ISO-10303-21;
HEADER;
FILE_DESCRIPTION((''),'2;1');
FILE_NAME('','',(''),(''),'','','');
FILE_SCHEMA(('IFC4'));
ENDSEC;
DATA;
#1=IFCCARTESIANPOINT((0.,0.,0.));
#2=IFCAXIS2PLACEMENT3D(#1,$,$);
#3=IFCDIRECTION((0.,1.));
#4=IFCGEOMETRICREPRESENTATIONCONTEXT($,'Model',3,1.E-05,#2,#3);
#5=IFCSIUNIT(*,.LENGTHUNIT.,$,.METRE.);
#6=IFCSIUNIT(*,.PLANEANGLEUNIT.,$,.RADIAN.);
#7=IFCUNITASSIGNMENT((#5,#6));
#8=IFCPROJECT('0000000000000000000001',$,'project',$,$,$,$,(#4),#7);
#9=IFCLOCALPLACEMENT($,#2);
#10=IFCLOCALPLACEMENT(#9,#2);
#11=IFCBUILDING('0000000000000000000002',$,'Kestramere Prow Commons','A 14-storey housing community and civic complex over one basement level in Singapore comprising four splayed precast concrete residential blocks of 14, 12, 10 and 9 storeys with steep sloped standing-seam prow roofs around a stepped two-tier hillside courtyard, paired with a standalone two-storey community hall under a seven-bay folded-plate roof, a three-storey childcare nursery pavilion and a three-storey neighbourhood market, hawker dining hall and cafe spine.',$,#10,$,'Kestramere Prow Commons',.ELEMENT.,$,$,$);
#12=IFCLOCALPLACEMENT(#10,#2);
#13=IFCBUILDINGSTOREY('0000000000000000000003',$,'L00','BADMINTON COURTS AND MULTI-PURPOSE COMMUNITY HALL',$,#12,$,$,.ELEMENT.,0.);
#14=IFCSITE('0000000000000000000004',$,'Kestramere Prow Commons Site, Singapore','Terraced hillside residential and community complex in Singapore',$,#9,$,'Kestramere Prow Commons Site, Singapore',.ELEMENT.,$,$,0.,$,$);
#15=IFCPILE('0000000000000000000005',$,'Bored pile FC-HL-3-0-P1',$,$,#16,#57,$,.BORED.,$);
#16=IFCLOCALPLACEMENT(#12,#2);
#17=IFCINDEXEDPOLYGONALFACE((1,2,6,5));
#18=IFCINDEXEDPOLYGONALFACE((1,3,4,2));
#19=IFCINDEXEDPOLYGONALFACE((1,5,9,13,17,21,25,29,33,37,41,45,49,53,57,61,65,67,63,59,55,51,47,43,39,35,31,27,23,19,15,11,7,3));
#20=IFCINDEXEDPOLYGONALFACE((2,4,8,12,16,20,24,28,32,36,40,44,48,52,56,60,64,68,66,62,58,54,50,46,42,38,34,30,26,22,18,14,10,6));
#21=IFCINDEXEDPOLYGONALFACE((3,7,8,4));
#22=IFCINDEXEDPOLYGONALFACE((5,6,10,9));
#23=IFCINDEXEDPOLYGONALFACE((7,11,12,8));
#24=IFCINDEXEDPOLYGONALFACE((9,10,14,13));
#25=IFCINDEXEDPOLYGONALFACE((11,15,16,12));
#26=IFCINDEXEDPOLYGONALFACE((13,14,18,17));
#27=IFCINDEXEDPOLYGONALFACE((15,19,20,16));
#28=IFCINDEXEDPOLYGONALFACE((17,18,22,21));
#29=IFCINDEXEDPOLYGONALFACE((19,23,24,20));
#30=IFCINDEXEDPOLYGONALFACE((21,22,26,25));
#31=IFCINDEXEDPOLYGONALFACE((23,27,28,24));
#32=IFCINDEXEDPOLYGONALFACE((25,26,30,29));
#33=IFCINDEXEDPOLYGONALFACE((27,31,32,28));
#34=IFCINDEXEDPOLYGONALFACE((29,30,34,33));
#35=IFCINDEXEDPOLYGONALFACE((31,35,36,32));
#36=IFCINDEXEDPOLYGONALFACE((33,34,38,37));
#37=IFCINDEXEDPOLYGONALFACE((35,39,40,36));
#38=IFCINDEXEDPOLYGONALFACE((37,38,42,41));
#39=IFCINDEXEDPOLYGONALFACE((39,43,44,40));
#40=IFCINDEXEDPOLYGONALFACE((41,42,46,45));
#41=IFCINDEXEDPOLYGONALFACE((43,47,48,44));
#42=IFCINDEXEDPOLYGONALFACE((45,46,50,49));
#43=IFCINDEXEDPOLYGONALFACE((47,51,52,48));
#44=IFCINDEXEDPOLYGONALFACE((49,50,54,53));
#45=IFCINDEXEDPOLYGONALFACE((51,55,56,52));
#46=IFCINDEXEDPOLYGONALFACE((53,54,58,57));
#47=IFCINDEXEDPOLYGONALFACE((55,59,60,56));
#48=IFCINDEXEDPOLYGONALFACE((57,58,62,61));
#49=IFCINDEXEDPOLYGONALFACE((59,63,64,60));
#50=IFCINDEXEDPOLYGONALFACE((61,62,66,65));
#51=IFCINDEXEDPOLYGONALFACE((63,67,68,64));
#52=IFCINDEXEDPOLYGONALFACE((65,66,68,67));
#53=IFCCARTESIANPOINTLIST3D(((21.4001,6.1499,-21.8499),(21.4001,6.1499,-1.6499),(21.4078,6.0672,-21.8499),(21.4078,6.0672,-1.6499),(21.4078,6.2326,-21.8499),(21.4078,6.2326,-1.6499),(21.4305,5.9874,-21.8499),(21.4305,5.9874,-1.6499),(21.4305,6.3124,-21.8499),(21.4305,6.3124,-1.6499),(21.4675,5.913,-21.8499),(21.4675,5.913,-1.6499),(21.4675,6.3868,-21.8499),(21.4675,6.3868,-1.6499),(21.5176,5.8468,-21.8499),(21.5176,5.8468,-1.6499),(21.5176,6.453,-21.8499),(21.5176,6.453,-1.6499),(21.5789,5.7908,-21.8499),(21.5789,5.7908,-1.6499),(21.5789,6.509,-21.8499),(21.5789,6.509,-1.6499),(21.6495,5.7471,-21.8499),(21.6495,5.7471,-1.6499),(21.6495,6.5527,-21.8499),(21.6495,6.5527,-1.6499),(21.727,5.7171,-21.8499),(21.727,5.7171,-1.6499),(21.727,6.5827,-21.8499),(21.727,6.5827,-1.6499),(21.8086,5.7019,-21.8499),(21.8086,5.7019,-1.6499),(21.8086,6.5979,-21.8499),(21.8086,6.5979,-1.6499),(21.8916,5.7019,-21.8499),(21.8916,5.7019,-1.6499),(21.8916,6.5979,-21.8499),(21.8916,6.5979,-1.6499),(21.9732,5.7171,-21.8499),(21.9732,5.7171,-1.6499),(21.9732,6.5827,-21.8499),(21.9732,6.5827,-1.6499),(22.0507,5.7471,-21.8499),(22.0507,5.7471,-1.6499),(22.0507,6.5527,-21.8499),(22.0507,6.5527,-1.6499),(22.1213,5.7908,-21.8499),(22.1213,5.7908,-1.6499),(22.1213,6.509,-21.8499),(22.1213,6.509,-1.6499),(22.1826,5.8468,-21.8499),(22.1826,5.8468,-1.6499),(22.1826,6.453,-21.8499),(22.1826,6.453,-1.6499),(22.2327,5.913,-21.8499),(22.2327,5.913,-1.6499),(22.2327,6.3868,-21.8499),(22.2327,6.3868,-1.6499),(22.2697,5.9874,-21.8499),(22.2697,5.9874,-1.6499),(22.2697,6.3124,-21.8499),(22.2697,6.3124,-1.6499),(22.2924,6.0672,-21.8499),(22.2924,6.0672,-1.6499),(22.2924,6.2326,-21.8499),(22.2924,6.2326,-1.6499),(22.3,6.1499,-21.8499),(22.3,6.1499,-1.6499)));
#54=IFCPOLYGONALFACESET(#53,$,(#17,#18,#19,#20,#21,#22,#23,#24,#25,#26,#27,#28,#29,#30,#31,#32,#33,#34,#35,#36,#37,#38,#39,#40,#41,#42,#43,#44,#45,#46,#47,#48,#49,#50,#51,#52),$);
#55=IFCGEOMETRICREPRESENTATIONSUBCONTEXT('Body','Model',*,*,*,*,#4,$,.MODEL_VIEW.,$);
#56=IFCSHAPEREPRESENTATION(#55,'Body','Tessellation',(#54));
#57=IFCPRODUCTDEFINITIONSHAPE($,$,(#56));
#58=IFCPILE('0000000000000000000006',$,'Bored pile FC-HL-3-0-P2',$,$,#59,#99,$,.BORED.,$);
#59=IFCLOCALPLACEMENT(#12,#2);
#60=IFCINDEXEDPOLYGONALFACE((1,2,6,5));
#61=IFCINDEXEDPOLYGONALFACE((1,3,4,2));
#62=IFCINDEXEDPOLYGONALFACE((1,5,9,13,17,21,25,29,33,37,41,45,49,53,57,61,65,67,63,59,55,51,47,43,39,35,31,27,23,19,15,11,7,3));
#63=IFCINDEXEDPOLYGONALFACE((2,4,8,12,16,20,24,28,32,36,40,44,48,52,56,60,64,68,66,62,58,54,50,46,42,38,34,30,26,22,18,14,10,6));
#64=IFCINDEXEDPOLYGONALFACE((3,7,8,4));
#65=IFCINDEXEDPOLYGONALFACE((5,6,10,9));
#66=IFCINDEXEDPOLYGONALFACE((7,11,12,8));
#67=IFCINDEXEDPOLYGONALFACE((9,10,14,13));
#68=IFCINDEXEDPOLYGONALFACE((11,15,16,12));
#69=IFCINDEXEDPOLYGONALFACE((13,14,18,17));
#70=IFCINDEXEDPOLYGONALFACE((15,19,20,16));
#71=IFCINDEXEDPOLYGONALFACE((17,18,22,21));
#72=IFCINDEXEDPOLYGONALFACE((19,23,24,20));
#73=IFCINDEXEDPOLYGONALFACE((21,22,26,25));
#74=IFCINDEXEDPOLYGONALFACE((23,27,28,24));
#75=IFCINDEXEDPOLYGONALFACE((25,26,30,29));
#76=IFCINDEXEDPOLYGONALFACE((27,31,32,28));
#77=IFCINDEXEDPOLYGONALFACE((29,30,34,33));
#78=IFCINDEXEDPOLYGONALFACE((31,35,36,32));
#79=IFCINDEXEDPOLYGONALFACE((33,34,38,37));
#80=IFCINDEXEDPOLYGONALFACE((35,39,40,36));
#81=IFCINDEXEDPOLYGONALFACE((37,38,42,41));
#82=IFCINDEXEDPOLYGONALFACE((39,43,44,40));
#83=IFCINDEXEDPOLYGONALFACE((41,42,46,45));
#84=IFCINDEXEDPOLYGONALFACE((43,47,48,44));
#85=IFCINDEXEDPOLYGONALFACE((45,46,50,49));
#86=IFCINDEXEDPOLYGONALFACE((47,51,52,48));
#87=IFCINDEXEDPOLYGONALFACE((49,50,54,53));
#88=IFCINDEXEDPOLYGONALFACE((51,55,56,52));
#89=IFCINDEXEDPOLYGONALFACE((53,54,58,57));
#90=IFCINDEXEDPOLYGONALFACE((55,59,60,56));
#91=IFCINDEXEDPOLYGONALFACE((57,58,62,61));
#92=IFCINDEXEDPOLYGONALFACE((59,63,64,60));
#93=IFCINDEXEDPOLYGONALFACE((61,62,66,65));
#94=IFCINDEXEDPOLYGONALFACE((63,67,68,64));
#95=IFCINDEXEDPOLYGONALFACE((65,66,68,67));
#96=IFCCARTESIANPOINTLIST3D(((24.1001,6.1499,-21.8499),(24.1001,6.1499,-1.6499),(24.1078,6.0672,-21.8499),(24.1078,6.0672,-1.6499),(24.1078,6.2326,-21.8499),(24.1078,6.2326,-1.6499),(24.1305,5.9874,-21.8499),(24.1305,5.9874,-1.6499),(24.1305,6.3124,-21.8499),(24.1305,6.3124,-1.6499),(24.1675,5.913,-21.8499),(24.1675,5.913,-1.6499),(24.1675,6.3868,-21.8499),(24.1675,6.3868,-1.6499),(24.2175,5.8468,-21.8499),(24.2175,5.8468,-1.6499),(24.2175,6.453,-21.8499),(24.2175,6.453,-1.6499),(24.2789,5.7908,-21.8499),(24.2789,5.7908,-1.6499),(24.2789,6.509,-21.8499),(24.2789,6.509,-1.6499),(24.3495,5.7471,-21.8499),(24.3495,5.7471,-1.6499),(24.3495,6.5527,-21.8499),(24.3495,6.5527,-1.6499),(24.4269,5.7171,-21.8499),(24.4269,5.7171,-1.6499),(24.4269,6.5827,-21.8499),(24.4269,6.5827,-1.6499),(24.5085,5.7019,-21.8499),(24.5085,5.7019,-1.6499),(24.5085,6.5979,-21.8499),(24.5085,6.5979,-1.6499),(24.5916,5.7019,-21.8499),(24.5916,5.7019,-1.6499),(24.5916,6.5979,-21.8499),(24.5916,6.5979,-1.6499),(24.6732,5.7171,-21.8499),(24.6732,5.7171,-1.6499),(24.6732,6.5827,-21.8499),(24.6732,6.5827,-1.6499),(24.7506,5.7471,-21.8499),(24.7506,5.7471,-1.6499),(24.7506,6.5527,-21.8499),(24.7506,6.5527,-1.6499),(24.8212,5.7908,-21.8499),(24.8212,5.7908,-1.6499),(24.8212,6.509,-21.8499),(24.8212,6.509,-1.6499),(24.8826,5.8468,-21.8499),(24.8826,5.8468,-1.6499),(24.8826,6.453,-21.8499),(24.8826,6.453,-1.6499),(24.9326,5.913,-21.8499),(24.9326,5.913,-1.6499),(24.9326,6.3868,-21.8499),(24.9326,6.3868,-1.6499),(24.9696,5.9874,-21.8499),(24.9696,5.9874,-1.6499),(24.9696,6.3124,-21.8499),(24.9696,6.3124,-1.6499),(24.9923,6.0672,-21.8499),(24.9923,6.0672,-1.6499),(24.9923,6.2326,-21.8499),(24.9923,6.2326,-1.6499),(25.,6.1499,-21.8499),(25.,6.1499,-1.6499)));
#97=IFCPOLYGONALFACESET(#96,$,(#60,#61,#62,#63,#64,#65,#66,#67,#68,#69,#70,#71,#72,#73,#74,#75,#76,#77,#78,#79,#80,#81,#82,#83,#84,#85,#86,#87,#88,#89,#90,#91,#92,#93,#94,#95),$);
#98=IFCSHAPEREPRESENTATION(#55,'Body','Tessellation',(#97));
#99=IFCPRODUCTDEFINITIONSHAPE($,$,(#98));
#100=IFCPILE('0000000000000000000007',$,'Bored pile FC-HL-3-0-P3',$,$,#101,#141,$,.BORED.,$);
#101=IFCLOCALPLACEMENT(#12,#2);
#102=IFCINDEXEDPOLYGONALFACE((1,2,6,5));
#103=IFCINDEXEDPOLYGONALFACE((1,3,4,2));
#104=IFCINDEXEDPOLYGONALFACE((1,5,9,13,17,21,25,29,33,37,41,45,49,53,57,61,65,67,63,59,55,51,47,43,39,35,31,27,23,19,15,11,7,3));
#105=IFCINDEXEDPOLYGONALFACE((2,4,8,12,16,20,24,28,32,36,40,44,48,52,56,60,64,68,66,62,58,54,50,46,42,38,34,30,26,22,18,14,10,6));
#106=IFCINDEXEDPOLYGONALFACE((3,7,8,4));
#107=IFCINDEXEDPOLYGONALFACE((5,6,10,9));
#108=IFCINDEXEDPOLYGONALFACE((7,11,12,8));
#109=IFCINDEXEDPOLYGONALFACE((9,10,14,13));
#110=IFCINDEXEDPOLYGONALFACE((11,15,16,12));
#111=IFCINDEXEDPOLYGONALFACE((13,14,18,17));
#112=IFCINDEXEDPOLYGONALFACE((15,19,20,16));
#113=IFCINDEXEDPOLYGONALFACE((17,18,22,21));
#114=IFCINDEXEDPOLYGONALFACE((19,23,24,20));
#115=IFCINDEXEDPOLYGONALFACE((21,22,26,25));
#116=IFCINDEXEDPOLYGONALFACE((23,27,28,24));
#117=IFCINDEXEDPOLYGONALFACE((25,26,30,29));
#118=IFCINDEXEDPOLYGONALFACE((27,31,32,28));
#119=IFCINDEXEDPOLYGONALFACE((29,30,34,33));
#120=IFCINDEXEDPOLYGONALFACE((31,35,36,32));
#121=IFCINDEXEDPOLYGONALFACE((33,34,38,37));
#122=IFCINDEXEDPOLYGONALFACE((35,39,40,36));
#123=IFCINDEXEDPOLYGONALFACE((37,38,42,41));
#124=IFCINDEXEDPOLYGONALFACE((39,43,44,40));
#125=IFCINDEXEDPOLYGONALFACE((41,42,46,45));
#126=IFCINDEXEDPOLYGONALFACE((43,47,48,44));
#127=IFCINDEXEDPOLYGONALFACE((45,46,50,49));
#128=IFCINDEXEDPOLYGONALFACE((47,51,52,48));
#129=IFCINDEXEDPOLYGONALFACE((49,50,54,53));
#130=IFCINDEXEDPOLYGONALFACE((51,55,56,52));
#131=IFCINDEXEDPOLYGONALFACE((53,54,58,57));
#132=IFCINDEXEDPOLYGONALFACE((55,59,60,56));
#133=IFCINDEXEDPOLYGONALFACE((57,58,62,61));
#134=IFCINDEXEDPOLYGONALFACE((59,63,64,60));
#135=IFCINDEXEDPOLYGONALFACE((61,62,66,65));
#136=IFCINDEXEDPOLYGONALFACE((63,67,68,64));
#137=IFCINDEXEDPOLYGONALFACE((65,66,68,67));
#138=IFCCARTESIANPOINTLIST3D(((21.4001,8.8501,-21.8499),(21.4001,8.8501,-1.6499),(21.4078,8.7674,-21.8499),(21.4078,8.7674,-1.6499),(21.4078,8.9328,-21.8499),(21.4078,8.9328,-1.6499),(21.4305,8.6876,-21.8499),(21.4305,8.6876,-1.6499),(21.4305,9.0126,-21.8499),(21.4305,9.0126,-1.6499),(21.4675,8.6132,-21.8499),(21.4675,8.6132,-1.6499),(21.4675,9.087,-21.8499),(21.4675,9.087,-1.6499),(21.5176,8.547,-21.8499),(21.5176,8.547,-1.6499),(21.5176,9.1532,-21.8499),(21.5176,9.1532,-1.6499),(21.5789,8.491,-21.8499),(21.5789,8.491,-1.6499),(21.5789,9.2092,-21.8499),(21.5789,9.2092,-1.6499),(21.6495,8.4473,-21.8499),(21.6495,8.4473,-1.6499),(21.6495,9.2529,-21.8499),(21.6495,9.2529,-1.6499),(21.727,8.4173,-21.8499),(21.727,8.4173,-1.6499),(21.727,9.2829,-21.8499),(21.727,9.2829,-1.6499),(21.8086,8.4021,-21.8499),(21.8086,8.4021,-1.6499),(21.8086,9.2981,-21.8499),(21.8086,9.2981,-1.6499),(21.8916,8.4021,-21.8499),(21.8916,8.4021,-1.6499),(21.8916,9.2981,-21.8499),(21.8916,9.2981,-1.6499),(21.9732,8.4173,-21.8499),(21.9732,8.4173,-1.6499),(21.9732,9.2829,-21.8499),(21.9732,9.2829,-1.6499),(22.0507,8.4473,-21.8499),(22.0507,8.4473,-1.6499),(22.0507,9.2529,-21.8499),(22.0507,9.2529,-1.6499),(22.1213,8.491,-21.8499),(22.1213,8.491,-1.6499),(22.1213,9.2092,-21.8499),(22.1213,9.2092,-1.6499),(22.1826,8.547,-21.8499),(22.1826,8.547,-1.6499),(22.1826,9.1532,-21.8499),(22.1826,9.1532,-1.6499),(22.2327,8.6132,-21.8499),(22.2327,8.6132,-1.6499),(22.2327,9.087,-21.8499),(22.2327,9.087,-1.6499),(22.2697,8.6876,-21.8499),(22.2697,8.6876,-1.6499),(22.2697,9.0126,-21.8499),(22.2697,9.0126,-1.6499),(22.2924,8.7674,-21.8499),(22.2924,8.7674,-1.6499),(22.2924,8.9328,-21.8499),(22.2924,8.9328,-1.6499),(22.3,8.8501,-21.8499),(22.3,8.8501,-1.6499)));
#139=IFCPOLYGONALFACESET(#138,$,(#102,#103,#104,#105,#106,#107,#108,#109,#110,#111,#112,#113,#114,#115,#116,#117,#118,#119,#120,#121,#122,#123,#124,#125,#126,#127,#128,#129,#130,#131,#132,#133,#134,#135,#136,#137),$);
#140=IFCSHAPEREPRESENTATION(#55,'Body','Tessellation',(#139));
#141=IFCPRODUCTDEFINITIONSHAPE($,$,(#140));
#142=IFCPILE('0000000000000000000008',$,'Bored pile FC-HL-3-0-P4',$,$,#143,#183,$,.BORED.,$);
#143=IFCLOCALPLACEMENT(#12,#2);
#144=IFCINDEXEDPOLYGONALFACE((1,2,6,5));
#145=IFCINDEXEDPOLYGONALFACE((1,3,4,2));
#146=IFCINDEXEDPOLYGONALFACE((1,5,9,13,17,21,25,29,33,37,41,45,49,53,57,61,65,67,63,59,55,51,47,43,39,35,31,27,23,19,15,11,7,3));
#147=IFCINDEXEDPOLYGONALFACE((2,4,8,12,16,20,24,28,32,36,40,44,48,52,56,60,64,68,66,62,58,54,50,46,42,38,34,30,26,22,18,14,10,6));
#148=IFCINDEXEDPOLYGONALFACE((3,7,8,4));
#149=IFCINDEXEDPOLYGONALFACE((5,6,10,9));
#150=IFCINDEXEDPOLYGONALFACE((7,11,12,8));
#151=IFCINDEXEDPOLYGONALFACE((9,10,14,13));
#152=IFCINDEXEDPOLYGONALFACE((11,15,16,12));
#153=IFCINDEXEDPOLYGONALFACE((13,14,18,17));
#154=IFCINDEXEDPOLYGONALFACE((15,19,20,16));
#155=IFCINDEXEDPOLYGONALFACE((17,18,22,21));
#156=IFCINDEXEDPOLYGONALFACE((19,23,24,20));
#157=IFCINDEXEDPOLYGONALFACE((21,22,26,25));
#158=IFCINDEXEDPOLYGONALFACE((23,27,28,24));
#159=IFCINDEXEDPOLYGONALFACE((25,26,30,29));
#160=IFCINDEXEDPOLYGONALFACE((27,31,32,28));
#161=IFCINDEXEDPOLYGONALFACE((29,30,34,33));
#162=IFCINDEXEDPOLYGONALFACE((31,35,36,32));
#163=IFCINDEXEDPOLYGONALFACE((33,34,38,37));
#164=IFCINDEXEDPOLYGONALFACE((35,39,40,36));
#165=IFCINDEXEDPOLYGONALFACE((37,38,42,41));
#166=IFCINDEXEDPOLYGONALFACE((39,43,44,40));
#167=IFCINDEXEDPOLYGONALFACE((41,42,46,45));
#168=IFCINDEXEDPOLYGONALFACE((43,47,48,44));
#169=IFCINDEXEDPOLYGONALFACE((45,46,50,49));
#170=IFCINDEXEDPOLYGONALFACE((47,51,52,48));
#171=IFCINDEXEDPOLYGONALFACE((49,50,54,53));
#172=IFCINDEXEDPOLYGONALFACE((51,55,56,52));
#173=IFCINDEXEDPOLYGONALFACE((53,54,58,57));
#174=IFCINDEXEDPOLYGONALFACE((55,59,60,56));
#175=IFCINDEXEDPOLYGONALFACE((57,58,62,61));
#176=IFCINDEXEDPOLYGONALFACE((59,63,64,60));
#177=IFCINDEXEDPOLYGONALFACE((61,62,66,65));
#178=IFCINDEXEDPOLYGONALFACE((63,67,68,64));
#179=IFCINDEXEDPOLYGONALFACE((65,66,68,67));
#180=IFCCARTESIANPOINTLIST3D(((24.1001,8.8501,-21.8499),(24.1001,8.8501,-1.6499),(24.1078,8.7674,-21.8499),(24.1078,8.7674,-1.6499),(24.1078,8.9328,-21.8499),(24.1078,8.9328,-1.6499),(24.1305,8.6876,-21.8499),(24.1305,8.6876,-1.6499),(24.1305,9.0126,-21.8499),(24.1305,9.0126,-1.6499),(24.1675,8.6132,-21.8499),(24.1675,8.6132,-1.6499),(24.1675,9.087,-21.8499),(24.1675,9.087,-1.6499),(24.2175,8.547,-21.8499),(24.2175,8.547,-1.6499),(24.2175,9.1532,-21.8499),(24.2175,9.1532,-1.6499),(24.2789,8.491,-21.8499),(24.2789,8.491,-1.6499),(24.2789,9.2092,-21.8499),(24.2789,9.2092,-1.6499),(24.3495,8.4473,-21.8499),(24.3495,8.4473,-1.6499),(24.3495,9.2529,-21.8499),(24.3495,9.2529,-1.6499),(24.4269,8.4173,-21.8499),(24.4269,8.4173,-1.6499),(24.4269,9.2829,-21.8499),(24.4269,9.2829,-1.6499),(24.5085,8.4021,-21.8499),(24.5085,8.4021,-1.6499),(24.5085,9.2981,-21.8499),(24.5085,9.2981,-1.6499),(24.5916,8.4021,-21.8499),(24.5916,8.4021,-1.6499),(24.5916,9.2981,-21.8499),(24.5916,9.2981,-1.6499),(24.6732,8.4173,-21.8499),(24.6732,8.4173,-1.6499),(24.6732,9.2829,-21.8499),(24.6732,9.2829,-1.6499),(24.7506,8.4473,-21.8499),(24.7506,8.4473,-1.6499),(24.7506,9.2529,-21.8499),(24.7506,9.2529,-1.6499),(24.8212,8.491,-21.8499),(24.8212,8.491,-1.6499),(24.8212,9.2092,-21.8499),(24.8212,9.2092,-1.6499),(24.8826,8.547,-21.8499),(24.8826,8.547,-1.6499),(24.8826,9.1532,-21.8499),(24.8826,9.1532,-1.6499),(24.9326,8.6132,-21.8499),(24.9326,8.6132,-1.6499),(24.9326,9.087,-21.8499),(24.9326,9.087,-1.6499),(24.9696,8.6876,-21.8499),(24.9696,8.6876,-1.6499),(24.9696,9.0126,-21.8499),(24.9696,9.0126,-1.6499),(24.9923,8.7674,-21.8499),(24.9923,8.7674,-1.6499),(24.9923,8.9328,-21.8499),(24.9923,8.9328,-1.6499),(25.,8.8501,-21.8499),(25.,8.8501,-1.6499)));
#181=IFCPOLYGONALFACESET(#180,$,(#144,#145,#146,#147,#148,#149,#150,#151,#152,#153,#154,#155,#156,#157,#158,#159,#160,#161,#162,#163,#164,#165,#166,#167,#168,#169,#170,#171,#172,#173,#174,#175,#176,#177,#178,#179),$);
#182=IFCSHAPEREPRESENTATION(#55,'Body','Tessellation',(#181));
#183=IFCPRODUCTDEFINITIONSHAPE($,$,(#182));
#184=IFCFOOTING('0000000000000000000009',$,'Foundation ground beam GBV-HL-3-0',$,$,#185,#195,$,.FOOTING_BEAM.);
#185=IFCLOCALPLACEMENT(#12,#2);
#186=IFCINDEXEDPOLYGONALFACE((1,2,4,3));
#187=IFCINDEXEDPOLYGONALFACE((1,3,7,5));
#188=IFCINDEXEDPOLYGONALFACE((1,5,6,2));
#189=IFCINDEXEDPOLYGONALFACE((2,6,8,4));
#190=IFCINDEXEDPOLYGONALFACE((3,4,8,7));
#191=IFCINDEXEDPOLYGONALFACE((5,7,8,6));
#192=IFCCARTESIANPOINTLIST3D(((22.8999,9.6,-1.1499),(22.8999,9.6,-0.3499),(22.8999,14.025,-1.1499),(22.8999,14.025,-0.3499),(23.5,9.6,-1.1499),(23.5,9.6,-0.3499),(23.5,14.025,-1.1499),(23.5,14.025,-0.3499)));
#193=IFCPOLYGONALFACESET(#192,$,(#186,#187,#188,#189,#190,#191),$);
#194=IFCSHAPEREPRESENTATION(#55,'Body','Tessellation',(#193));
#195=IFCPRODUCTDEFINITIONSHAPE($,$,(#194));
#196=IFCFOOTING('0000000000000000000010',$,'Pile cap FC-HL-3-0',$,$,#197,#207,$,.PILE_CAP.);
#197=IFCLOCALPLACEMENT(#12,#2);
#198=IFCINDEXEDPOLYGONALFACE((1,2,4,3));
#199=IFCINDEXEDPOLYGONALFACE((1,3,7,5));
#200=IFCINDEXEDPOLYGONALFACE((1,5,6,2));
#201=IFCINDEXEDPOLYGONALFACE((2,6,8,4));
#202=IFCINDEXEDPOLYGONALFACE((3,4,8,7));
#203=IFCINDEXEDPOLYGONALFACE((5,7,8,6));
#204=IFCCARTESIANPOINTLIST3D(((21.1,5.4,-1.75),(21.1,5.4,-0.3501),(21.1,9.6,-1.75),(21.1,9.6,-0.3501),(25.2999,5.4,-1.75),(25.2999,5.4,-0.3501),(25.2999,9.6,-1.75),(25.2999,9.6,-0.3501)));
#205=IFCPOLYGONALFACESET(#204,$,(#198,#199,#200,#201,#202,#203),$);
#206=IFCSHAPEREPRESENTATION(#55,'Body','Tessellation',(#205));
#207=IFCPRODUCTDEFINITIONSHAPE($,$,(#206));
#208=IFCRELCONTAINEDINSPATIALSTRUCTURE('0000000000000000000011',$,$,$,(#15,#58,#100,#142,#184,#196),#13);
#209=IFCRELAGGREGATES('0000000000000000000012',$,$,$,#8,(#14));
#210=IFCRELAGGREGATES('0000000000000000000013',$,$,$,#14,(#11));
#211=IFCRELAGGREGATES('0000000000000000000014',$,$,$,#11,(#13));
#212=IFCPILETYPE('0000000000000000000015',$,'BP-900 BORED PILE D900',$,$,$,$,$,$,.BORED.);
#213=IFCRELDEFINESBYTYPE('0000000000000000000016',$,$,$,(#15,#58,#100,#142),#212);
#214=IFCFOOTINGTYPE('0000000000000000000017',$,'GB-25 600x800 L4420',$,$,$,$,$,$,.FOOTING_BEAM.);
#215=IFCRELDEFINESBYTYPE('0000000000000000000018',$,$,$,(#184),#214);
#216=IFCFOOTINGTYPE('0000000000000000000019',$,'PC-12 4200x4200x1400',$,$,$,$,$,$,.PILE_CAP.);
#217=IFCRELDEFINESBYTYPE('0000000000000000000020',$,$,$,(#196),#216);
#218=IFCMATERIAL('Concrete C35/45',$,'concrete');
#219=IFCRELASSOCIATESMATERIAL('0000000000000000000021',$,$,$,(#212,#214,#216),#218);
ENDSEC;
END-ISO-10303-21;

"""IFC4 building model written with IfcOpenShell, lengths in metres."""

from ifc_helpers import new_model, si_unit, direction, frame, origin, origin_2d, place, context, subcontext, project, spatial, rectangle, circle, extrude, material, material_profile, profile_set, type_object, element, save


model = new_model("IFC4")

# Units and contexts
model_context = context("Model", 3, precision=1e-05, world=origin(), true_north=direction((0.0, 1.0)))
body_context = subcontext(model_context, "Body", "Model", "MODEL_VIEW")
ifc_project = project(units=[si_unit("LENGTHUNIT", "METRE"), si_unit("PLANEANGLEUNIT", "RADIAN")], contexts=[model_context])

# Site, building, storey
site_placement = place(None, origin())
site = spatial("IfcSite", under=ifc_project, at=site_placement, Name="Kestramere Prow Commons Site, Singapore", Description="Terraced hillside residential and community complex in Singapore", LongName="Kestramere Prow Commons Site, Singapore", CompositionType="ELEMENT", RefElevation=0.0)
building_placement = place(site_placement, origin())
building = spatial("IfcBuilding", under=site, at=building_placement, Name="Kestramere Prow Commons", Description="A 14-storey housing community and civic complex over one basement level in Singapore comprising four splayed precast concrete residential blocks of 14, 12, 10 and 9 storeys with steep sloped standing-seam prow roofs around a stepped two-tier hillside courtyard, paired with a standalone two-storey community hall under a seven-bay folded-plate roof, a three-storey childcare nursery pavilion and a three-storey neighbourhood market, hawker dining hall and cafe spine.", LongName="Kestramere Prow Commons", CompositionType="ELEMENT")
storey_placement = place(building_placement, origin())
storey = spatial("IfcBuildingStorey", under=building, at=storey_placement, Name="L00", Description="BADMINTON COURTS AND MULTI-PURPOSE COMMUNITY HALL", CompositionType="ELEMENT", Elevation=0.0)

# Piles
ifc_material_1 = material(Name="Concrete C35/45", Category="concrete")
ifc_material_profile_1 = material_profile(ifc_material_1, circle(Radius=0.45, at=origin_2d()), Name="BORED PILE D900")
ifc_profile_set_1 = profile_set([ifc_material_profile_1], Name="Concrete C35/45")
pile_type = type_object("IfcPileType", Name="BP-900 BORED PILE D900", PredefinedType="BORED", material=ifc_profile_set_1)
for number, where, z_axis, x_axis, name in (
    (1, (21.8501, 6.1499, -1.6499), (0.0, 0.0, -1.0), (1.0, 0.0, 0.0), "Bored pile FC-HL-3-0-P1"),
    (2, (24.55, 6.1499, -1.6499), (0.0, 0.0, -1.0), (1.0, 0.0, 0.0), "Bored pile FC-HL-3-0-P2"),
    (3, (21.8501, 8.8501, -1.6499), (0.0, 0.0, -1.0), (1.0, 0.0, 0.0), "Bored pile FC-HL-3-0-P3"),
    (4, (24.55, 8.8501, -1.6499), (0.0, 0.0, -1.0), (1.0, 0.0, 0.0), "Bored pile FC-HL-3-0-P4"),
):
    element("IfcPile", number, at=place(storey_placement, frame(where, z_axis=z_axis, x_axis=x_axis)), inside=storey, type_object=pile_type, Name=name, PredefinedType="BORED", context=body_context, shape_type="SweptSolid", body=[
        extrude(circle(Radius=0.45, at=origin_2d()), origin(), (0.0, 0.0, 1.0), 20.2),
    ])

# Footings
footing_type_1 = type_object("IfcFootingType", Name="GB-25 600x800 L4420", PredefinedType="FOOTING_BEAM", material=ifc_material_1)
footing_1_placement = place(storey_placement, frame((23.2, 11.8125, -1.1499), z_axis=(0.0, 0.0, 1.0), x_axis=(0.0, 1.0, 0.0)))
element("IfcFooting", 5, at=footing_1_placement, inside=storey, type_object=footing_type_1, Name="Foundation ground beam GBV-HL-3-0", PredefinedType="FOOTING_BEAM", context=body_context, shape_type="SweptSolid", body=[
    extrude(rectangle(XDim=4.425, YDim=0.6001, at=origin_2d()), origin(), (0.0, 0.0, 1.0), 0.8),
])
footing_type_2 = type_object("IfcFootingType", Name="PC-12 4200x4200x1400", PredefinedType="PILE_CAP", material=ifc_material_1)
footing_2_placement = place(storey_placement, frame((23.2, 7.5, -1.75), z_axis=(0.0, 0.0, 1.0), x_axis=(1.0, 0.0, 0.0)))
element("IfcFooting", 6, at=footing_2_placement, inside=storey, type_object=footing_type_2, Name="Pile cap FC-HL-3-0", PredefinedType="PILE_CAP", context=body_context, shape_type="SweptSolid", body=[
    extrude(rectangle(XDim=4.2, YDim=4.2, at=origin_2d()), origin(), (0.0, 0.0, 1.0), 1.3999),
])

save(model, "model.ifc")
